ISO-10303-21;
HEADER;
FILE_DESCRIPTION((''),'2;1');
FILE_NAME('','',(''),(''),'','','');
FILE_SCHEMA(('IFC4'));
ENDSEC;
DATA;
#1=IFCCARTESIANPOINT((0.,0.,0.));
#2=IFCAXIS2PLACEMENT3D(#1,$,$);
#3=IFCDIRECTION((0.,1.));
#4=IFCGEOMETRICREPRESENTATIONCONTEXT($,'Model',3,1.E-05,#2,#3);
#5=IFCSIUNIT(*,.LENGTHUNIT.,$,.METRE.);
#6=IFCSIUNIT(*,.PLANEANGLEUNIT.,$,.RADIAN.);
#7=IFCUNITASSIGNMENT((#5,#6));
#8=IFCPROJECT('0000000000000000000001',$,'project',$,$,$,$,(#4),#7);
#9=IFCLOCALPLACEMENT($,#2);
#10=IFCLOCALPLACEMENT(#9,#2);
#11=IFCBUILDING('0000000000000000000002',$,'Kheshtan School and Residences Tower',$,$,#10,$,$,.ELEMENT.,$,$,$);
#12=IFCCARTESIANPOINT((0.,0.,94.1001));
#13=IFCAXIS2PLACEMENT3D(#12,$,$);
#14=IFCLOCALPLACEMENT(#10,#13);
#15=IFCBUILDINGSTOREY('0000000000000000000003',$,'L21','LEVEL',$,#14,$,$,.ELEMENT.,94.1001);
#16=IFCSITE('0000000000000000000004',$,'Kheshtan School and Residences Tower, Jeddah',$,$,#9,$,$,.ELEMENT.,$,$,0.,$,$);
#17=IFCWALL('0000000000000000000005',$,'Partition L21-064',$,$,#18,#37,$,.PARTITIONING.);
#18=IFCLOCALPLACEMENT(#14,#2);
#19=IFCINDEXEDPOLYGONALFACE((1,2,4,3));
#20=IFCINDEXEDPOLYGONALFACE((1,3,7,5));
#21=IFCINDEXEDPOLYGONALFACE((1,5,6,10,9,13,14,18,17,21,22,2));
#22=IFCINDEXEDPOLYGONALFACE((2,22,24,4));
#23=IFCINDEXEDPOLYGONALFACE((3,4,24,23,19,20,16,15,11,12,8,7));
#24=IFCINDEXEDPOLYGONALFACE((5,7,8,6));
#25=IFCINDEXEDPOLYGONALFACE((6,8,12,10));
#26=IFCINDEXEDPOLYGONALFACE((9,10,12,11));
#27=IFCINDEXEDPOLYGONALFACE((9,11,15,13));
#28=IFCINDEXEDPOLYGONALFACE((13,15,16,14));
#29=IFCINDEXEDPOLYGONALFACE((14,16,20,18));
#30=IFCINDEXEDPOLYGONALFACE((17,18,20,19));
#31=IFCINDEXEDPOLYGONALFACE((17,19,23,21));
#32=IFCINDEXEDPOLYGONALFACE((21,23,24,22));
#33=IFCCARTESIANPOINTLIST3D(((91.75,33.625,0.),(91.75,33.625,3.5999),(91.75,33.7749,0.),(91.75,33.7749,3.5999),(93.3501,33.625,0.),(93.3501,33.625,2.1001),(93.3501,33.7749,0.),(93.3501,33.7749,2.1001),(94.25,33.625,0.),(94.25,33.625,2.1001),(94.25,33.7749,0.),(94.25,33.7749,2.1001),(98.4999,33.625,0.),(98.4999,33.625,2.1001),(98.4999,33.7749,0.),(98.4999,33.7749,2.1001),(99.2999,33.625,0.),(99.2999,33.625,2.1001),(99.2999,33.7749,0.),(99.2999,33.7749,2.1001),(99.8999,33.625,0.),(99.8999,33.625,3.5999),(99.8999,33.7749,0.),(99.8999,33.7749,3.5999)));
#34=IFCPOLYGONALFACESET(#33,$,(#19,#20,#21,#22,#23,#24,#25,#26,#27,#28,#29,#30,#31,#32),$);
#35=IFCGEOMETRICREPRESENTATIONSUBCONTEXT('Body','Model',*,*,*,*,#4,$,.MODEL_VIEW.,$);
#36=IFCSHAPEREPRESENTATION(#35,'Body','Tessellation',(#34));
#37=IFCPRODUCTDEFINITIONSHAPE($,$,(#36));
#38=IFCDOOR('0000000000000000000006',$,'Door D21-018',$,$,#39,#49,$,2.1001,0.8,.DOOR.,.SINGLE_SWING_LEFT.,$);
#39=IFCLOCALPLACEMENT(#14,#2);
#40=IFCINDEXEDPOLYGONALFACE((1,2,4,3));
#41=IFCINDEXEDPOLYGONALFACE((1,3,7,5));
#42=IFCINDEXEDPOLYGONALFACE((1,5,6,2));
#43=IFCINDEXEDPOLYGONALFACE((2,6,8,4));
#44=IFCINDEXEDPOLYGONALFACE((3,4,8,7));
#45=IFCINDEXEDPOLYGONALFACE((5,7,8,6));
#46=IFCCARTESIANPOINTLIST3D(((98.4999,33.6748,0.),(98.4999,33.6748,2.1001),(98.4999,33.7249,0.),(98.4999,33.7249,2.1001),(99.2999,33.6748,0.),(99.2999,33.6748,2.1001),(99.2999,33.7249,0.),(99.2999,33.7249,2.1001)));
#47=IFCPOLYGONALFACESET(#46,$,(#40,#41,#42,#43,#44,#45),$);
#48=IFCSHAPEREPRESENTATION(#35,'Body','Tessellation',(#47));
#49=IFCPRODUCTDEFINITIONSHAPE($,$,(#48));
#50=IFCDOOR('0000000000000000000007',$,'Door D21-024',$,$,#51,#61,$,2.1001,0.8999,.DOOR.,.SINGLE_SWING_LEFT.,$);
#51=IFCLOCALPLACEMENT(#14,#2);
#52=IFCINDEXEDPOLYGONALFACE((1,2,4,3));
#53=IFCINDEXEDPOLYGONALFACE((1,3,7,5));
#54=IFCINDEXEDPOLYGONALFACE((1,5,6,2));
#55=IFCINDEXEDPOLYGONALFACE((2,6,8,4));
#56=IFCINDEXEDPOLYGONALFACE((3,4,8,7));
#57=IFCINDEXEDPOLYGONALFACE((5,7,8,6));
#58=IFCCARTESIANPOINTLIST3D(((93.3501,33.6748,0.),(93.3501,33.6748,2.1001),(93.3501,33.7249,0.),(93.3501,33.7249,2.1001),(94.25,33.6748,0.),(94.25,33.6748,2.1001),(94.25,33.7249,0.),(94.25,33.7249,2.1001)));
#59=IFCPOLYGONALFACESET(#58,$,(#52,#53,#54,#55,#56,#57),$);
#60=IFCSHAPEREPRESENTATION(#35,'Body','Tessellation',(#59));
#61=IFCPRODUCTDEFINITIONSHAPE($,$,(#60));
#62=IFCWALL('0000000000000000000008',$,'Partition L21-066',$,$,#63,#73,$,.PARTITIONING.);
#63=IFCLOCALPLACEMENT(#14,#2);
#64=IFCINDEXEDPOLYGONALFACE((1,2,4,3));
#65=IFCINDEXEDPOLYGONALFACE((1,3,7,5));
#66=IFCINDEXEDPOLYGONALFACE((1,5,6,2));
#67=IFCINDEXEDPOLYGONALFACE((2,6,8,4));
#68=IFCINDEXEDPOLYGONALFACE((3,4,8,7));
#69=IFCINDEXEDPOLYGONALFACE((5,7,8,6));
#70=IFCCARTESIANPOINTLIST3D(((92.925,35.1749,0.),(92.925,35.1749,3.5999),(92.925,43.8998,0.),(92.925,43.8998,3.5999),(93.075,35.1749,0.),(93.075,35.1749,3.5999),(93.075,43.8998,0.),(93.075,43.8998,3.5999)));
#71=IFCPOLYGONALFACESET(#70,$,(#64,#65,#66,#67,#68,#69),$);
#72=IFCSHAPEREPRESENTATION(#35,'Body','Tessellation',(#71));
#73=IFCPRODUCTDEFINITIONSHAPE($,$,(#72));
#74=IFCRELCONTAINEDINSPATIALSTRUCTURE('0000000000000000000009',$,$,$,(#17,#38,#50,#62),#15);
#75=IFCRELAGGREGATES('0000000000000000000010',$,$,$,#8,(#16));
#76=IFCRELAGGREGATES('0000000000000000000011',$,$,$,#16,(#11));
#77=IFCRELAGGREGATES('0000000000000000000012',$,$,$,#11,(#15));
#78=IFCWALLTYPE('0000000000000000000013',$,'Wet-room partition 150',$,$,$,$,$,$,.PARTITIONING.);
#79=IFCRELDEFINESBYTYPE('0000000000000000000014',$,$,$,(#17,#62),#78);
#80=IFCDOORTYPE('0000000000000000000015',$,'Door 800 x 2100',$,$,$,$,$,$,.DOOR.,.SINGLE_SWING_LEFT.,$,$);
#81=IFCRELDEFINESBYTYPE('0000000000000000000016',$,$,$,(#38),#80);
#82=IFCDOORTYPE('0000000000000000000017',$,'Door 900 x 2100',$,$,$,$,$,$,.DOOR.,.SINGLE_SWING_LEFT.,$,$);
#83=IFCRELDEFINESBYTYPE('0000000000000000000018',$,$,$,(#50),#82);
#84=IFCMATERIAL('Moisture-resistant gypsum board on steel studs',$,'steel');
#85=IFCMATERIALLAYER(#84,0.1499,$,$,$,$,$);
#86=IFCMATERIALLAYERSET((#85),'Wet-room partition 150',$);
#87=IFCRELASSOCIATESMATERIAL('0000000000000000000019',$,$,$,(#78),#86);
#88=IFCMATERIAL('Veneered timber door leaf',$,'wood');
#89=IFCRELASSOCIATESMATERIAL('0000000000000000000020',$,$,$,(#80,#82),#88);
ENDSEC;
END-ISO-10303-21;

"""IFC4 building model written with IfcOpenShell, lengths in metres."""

from ifc_helpers import new_model, si_unit, direction, frame, frame_2d, origin, place, context, subcontext, project, spatial, rectangle, extrude, source, transform, mapped, material, layer, layer_set, type_object, element, fill, save


model = new_model("IFC4")

# Units and contexts
model_context = context("Model", 3, precision=1e-05, world=origin(), true_north=direction((0.0, 1.0)))
body_context = subcontext(model_context, "Body", "Model", "MODEL_VIEW")
ifc_project = project(units=[si_unit("LENGTHUNIT", "METRE"), si_unit("PLANEANGLEUNIT", "RADIAN")], contexts=[model_context])

# Site, building, storey
site_placement = place(None, origin())
site = spatial("IfcSite", under=ifc_project, at=site_placement, Name="Kheshtan School and Residences Tower, Jeddah", CompositionType="ELEMENT", RefElevation=0.0)
building_placement = place(site_placement, origin())
building = spatial("IfcBuilding", under=site, at=building_placement, Name="Kheshtan School and Residences Tower", CompositionType="ELEMENT")
storey_placement = place(building_placement, frame((0.0, 0.0, 94.1001)))
storey = spatial("IfcBuildingStorey", under=building, at=storey_placement, Name="L21", Description="LEVEL", CompositionType="ELEMENT", Elevation=94.1001)

# Shared definitions
ifc_material_1 = material(Name="Moisture-resistant gypsum board on steel studs", Category="steel")
ifc_layer_1 = layer(ifc_material_1, 0.1499)
ifc_layer_set_1 = layer_set([ifc_layer_1], Name="Wet-room partition 150")
wall_type_1 = type_object("IfcWallType", Name="Wet-room partition 150", PredefinedType="PARTITIONING", material=ifc_layer_set_1)

# Shared definitions
ifc_material_2 = material(Name="Veneered timber door leaf", Category="wood")
door_type_1 = type_object("IfcDoorType", Name="Door 800 x 2100", OperationType="SINGLE_SWING_LEFT", PredefinedType="DOOR", material=ifc_material_2)
shared_shape_1 = source(origin(), body_context, "Body", "SweptSolid", [
    extrude(rectangle(XDim=0.8, YDim=2.1001, at=frame_2d((0.3999, 1.05))), frame((0.0, 0.0249, 0.0), z_axis=(0.0, -1.0, 0.0), x_axis=(1.0, 0.0, 0.0)), (0.0, 0.0, 1.0), 0.05),
])

# Wall, openings, doors
wall_1_placement = place(storey_placement, frame((91.75, 33.7, 0.0), z_axis=(0.0, 0.0, 1.0), x_axis=(1.0, 0.0, 0.0)))
wall_1 = element("IfcWall", 1, at=wall_1_placement, inside=storey, type_object=wall_type_1, Name="Partition L21-064", PredefinedType="PARTITIONING", context=body_context, shape_type="SweptSolid", body=[
    extrude(rectangle(XDim=8.1499, YDim=0.1499, at=frame_2d((4.075, 0.0))), origin(), (0.0, 0.0, 1.0), 3.5999),
])
opening_1_placement = place(wall_1_placement, frame((6.75, 0.0, 0.0)))
opening_1 = element("IfcOpeningElement", 2, at=opening_1_placement, cuts=wall_1, PredefinedType="OPENING", context=body_context, shape_type="SweptSolid", body=[
    extrude(rectangle(XDim=0.8, YDim=2.1001, at=frame_2d((0.3999, 1.05))), frame((0.0, 0.085, 0.0), z_axis=(0.0, -1.0, 0.0), x_axis=(1.0, 0.0, 0.0)), (0.0, 0.0, 1.0), 0.1699),
])
opening_2_placement = place(wall_1_placement, frame((1.6001, 0.0, 0.0)))
opening_2 = element("IfcOpeningElement", 3, at=opening_2_placement, cuts=wall_1, PredefinedType="OPENING", context=body_context, shape_type="SweptSolid", body=[
    extrude(rectangle(XDim=0.8999, YDim=2.1001, at=frame_2d((0.45, 1.05))), frame((0.0, 0.085, 0.0), z_axis=(0.0, -1.0, 0.0), x_axis=(1.0, 0.0, 0.0)), (0.0, 0.0, 1.0), 0.1699),
])
door_1_placement = place(opening_1_placement, origin())
door_1 = element("IfcDoor", 4, at=door_1_placement, inside=storey, type_object=door_type_1, Name="Door D21-018", OperationType="SINGLE_SWING_LEFT", OverallHeight=2.1001, OverallWidth=0.8, PredefinedType="DOOR", context=body_context, shape_type="MappedRepresentation", body=[
    mapped(shared_shape_1, transform((0.0, 0.0, 0.0), x_axis=(1.0, 0.0, 0.0), y_axis=(0.0, 1.0, 0.0), z_axis=(0.0, 0.0, 1.0), scale=1.0)),
])
fill(opening_1, door_1)
door_type_2 = type_object("IfcDoorType", Name="Door 900 x 2100", OperationType="SINGLE_SWING_LEFT", PredefinedType="DOOR", material=ifc_material_2)
shared_shape_2 = source(origin(), body_context, "Body", "SweptSolid", [
    extrude(rectangle(XDim=0.8999, YDim=2.1001, at=frame_2d((0.45, 1.05))), frame((0.0, 0.0249, 0.0), z_axis=(0.0, -1.0, 0.0), x_axis=(1.0, 0.0, 0.0)), (0.0, 0.0, 1.0), 0.05),
])
door_2_placement = place(opening_2_placement, origin())
door_2 = element("IfcDoor", 5, at=door_2_placement, inside=storey, type_object=door_type_2, Name="Door D21-024", OperationType="SINGLE_SWING_LEFT", OverallHeight=2.1001, OverallWidth=0.8999, PredefinedType="DOOR", context=body_context, shape_type="MappedRepresentation", body=[
    mapped(shared_shape_2, transform((0.0, 0.0, 0.0), x_axis=(1.0, 0.0, 0.0), y_axis=(0.0, 1.0, 0.0), z_axis=(0.0, 0.0, 1.0), scale=1.0)),
])
fill(opening_2, door_2)

# Wall
wall_2_placement = place(storey_placement, frame((93.0, 35.175, 0.0), z_axis=(0.0, 0.0, 1.0), x_axis=(0.0, 1.0, 0.0)))
element("IfcWall", 6, at=wall_2_placement, inside=storey, type_object=wall_type_1, Name="Partition L21-066", PredefinedType="PARTITIONING", context=body_context, shape_type="SweptSolid", body=[
    extrude(rectangle(XDim=8.7249, YDim=0.1499, at=frame_2d((4.3623, 0.0))), origin(), (0.0, 0.0, 1.0), 3.5999),
])

save(model, "model.ifc")
